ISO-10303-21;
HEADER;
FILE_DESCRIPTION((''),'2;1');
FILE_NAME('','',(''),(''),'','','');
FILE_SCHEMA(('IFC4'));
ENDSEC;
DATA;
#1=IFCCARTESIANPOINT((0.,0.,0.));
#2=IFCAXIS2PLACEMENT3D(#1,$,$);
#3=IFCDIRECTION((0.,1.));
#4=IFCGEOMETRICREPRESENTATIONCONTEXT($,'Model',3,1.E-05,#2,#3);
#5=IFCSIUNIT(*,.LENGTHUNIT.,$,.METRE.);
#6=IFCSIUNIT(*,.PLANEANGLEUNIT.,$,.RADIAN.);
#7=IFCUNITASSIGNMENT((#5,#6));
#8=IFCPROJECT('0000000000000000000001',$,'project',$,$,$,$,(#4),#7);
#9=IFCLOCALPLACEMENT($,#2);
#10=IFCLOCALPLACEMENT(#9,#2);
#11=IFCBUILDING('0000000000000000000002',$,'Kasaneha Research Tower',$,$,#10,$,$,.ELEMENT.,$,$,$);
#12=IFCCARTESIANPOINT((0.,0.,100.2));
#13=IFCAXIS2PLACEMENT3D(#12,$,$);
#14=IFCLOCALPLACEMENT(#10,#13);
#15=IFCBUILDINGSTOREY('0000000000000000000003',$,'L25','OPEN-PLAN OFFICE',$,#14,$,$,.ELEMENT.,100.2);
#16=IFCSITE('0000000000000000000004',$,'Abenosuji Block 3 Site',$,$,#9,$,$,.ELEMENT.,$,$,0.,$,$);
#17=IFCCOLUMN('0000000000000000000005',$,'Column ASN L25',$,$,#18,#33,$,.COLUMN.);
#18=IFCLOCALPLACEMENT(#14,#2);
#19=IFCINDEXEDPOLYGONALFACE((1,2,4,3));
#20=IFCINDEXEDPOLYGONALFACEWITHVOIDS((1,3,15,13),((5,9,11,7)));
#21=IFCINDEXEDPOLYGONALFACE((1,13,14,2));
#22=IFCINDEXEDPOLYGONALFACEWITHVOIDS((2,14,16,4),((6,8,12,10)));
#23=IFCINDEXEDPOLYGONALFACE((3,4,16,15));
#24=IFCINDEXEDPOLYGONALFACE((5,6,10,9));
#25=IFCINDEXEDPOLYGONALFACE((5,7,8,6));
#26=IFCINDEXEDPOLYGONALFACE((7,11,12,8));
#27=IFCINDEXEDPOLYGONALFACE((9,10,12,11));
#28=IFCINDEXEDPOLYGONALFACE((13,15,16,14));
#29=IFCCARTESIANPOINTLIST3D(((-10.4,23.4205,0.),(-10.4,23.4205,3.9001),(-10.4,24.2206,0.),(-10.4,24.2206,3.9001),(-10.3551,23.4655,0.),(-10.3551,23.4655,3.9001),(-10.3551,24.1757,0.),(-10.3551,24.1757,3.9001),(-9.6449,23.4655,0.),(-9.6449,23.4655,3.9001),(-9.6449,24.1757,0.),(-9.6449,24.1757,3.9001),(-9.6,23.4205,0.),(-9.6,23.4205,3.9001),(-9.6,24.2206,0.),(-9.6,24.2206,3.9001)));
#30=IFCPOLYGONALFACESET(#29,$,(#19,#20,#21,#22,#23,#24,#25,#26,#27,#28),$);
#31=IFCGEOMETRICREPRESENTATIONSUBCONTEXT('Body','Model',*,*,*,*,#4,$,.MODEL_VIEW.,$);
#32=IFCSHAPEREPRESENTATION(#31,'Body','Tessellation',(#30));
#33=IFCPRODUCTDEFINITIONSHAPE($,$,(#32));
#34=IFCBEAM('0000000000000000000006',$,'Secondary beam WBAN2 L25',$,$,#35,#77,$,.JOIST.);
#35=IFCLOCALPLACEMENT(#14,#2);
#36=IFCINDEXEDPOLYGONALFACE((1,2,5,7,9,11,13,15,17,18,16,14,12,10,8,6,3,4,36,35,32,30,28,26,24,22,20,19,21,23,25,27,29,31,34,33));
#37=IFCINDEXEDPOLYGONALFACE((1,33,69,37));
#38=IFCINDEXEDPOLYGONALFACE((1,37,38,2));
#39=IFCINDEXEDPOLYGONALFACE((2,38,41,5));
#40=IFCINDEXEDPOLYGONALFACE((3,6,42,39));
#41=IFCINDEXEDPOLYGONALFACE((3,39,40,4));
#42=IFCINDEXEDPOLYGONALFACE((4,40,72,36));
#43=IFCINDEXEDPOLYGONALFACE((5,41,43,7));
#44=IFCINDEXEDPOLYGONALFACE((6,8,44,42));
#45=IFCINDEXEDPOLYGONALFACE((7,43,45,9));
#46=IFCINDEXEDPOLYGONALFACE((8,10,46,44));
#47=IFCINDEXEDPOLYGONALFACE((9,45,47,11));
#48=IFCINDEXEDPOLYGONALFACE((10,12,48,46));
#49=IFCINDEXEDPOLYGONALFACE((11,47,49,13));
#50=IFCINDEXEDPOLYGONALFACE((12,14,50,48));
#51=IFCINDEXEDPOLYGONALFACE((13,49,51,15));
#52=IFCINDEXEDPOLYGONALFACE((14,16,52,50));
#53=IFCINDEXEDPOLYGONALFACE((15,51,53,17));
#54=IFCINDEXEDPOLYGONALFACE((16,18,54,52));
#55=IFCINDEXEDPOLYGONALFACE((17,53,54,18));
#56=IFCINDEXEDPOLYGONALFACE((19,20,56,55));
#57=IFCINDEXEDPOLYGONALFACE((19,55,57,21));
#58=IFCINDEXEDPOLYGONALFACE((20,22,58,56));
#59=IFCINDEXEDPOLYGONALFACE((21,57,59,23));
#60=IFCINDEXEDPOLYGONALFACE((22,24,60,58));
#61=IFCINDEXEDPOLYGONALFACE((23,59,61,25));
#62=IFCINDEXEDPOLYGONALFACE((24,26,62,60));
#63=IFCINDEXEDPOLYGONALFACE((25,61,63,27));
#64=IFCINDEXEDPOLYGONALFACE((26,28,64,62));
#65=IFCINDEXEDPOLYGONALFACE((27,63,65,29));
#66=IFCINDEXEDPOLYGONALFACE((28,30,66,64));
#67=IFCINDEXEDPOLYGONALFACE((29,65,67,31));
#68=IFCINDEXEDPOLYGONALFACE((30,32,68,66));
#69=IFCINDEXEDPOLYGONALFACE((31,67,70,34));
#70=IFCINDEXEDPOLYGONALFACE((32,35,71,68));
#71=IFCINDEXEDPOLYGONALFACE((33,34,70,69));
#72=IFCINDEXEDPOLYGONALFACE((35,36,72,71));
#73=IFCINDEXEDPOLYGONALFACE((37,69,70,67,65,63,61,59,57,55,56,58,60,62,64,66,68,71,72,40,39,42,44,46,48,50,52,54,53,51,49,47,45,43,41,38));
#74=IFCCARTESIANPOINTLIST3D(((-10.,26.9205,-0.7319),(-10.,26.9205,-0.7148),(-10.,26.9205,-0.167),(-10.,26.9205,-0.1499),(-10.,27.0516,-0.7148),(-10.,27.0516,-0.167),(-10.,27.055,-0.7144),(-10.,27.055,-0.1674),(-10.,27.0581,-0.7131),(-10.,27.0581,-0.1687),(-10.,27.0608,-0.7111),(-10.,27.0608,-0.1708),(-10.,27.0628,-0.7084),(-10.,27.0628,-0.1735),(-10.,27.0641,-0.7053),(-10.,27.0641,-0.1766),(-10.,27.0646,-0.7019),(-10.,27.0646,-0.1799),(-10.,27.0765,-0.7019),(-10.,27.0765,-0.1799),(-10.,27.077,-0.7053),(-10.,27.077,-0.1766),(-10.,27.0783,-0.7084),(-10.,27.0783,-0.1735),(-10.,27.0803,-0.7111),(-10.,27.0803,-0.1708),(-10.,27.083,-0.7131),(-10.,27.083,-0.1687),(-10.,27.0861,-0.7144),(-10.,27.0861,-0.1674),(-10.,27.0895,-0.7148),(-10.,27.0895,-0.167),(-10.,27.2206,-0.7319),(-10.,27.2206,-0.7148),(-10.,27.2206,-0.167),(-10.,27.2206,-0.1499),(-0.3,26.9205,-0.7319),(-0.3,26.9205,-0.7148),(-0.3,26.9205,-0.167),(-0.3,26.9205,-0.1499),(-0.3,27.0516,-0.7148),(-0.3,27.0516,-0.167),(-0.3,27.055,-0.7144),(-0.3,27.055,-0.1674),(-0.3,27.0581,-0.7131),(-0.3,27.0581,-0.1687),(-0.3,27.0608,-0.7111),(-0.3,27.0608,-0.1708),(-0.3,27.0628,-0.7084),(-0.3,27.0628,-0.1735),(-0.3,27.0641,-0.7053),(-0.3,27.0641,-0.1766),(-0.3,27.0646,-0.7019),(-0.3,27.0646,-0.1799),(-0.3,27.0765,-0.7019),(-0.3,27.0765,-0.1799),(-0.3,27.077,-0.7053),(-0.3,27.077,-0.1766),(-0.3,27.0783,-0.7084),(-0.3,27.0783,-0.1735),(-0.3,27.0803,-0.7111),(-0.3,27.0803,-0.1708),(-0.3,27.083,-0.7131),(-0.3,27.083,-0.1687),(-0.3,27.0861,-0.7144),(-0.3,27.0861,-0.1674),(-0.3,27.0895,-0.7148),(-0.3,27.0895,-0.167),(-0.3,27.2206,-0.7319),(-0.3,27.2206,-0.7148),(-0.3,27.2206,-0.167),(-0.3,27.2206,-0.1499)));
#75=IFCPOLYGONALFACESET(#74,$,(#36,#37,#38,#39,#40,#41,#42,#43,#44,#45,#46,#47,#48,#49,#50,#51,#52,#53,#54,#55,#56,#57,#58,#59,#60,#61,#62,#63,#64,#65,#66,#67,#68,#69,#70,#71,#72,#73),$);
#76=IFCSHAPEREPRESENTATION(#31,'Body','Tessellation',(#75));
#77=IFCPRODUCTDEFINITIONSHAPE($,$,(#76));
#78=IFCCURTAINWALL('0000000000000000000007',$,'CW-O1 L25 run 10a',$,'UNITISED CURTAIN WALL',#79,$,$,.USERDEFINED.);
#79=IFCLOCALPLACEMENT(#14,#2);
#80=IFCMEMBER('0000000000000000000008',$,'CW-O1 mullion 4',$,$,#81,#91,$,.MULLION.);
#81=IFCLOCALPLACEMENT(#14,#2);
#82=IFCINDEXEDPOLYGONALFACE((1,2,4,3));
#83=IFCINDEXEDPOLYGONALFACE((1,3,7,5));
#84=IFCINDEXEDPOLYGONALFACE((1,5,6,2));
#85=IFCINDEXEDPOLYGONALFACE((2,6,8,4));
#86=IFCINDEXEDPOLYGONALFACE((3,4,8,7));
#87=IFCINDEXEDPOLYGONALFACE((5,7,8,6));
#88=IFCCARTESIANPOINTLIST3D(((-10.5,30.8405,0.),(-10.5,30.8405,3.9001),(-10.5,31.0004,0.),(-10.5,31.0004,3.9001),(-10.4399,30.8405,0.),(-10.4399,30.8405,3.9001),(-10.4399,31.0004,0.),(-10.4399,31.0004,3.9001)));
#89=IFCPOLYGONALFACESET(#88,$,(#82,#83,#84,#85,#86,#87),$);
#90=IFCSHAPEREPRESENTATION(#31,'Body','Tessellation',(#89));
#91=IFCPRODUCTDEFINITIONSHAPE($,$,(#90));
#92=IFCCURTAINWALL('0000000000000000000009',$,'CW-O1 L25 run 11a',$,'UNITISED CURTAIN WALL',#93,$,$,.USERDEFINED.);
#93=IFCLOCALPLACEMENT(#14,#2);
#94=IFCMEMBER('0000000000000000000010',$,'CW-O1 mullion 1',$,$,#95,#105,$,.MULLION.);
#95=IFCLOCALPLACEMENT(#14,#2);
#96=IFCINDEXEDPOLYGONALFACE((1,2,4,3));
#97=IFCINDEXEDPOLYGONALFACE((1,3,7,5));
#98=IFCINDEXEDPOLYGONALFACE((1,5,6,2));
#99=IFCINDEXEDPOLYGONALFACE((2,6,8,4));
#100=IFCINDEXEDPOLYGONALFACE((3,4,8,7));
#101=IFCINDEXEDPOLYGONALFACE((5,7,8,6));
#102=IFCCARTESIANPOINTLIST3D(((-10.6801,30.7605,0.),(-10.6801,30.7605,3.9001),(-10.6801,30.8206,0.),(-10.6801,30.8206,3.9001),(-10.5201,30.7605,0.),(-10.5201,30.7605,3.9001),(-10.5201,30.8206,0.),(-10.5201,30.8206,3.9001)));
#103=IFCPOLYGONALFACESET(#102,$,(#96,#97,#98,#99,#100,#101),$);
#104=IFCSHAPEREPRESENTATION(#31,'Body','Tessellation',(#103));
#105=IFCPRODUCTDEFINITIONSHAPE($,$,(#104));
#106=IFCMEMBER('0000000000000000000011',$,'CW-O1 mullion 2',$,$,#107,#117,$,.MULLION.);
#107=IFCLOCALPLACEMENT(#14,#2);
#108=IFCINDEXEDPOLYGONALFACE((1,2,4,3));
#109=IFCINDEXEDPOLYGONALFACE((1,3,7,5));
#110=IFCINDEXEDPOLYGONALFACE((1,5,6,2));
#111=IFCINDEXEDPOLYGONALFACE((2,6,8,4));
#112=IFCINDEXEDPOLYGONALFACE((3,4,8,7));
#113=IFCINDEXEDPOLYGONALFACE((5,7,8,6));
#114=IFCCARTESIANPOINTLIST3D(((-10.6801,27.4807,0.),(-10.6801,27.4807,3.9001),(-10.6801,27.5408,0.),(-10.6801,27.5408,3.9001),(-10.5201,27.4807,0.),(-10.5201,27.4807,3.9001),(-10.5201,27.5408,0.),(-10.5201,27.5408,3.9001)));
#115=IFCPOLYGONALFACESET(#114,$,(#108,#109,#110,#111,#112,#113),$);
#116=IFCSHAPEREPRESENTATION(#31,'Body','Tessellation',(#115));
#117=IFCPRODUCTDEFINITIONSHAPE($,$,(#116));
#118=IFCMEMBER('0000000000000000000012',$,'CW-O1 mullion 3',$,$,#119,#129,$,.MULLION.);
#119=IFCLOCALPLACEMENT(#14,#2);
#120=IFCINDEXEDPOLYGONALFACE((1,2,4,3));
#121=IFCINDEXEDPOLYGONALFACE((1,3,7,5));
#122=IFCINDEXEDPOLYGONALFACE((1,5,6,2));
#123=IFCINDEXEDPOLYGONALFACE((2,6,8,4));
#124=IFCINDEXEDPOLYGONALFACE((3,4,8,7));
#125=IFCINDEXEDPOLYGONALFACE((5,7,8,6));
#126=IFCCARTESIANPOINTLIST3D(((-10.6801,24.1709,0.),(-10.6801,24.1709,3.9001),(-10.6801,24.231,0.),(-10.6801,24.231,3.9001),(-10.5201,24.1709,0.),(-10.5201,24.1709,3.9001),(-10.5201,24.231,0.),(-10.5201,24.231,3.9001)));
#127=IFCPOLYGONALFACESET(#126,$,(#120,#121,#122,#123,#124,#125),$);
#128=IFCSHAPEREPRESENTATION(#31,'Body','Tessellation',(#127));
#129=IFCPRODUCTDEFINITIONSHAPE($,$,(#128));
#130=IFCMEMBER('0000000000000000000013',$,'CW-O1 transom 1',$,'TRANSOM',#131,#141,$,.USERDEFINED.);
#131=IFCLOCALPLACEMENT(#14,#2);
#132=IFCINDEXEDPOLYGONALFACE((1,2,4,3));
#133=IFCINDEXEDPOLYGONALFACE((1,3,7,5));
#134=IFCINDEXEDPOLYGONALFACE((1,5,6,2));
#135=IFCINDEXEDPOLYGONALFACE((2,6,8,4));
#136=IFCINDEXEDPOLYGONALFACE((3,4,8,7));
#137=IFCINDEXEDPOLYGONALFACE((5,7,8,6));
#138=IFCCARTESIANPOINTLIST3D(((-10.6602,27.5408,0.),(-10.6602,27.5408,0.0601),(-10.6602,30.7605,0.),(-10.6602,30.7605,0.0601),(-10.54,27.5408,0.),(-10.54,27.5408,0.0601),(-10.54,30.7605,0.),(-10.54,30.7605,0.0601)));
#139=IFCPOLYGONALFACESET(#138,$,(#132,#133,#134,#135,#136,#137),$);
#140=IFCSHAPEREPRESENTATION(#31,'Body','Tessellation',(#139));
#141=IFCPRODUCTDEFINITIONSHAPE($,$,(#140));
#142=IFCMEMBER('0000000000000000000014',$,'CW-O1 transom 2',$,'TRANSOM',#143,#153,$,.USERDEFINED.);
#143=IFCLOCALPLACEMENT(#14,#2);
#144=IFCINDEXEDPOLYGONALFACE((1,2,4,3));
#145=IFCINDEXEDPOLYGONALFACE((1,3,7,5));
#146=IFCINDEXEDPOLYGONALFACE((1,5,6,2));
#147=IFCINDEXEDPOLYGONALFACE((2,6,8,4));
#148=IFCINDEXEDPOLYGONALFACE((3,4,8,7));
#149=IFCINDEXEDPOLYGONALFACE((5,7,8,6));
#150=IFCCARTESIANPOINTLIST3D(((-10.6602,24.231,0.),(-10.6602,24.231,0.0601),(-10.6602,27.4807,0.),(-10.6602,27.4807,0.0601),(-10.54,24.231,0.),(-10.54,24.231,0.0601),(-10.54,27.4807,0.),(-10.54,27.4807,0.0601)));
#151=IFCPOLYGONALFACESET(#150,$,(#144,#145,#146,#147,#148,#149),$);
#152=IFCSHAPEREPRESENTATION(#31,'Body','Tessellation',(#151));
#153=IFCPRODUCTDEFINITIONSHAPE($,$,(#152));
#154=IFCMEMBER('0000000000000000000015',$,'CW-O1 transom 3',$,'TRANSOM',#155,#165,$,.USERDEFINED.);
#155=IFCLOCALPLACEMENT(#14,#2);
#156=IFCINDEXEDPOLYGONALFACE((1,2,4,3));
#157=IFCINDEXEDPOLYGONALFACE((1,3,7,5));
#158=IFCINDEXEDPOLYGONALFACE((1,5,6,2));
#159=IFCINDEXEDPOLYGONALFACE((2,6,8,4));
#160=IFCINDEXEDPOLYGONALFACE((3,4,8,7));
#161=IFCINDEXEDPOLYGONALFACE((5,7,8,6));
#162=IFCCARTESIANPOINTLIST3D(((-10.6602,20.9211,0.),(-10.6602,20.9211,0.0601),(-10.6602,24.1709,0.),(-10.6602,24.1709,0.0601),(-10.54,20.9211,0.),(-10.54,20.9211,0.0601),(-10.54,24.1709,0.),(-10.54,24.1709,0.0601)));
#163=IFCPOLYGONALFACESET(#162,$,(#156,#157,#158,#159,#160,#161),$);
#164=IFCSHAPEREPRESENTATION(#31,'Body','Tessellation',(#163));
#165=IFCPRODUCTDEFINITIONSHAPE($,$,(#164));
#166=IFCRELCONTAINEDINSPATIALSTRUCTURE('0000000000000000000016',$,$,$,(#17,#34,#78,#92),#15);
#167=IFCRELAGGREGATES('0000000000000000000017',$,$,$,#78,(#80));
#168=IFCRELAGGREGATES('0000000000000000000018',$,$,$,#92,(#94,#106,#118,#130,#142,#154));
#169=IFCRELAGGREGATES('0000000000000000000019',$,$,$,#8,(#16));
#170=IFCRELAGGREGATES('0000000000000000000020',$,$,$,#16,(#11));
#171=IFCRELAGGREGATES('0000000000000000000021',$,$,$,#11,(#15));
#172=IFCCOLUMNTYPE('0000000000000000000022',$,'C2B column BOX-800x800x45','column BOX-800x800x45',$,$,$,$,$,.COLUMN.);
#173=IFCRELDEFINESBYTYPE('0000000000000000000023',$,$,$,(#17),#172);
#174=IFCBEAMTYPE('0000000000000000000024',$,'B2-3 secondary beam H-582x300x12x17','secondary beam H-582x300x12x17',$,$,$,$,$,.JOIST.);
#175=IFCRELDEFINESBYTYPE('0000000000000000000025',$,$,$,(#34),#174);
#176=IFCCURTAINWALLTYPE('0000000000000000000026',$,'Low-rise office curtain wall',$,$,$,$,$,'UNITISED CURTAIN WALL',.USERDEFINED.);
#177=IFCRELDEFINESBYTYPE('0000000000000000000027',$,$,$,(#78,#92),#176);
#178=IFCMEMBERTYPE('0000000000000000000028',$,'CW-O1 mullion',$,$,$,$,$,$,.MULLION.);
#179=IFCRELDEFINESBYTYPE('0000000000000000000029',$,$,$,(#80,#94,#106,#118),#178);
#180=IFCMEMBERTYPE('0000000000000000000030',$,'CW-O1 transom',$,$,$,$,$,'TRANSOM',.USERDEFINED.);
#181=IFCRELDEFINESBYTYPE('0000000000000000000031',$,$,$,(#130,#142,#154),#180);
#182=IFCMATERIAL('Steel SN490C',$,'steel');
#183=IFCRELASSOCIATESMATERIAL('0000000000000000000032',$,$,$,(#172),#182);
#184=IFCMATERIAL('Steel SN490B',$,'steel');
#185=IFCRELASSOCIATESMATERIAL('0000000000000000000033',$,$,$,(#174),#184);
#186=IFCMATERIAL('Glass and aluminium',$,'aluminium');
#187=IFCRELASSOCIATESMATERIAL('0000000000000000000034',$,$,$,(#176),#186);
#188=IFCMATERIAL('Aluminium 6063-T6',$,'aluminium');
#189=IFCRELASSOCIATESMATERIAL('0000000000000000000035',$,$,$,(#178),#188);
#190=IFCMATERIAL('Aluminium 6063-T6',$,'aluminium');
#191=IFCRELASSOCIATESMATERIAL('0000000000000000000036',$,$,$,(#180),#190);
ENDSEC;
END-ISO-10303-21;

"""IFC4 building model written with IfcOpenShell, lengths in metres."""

from ifc_helpers import new_model, si_unit, direction, frame, origin, origin_2d, place, context, subcontext, project, spatial, rectangle, hollow_rectangle, i_section, extrude, material, material_profile, profile_set, type_object, element, aggregate, save


model = new_model("IFC4")

# Units and contexts
model_context = context("Model", 3, precision=1e-05, world=origin(), true_north=direction((0.0, 1.0)))
body_context = subcontext(model_context, "Body", "Model", "MODEL_VIEW")
ifc_project = project(units=[si_unit("LENGTHUNIT", "METRE"), si_unit("PLANEANGLEUNIT", "RADIAN")], contexts=[model_context])

# Site, building, storey
site_placement = place(None, origin())
site = spatial("IfcSite", under=ifc_project, at=site_placement, Name="Abenosuji Block 3 Site", CompositionType="ELEMENT", RefElevation=0.0)
building_placement = place(site_placement, origin())
building = spatial("IfcBuilding", under=site, at=building_placement, Name="Kasaneha Research Tower", CompositionType="ELEMENT")
storey_placement = place(building_placement, frame((0.0, 0.0, 100.2)))
storey = spatial("IfcBuildingStorey", under=building, at=storey_placement, Name="L25", Description="OPEN-PLAN OFFICE", CompositionType="ELEMENT", Elevation=100.2)

# Column
ifc_material_1 = material(Name="Steel SN490C", Category="steel")
ifc_material_profile_1 = material_profile(ifc_material_1, hollow_rectangle(XDim=0.8, YDim=0.8, WallThickness=0.0449, at=origin_2d()), Name="BOX-800x800x45")
ifc_profile_set_1 = profile_set([ifc_material_profile_1], Name="Steel SN490C")
column_type = type_object("IfcColumnType", Name="C2B column BOX-800x800x45", Description="column BOX-800x800x45", PredefinedType="COLUMN", material=ifc_profile_set_1)
column_placement = place(storey_placement, frame((-10.0, 23.8206, 0.0), z_axis=(0.0, 0.0, 1.0), x_axis=(1.0, 0.0, 0.0)))
element("IfcColumn", 1, at=column_placement, inside=storey, type_object=column_type, Name="Column ASN L25", PredefinedType="COLUMN", context=body_context, shape_type="SweptSolid", body=[
    extrude(hollow_rectangle(XDim=0.8, YDim=0.8, WallThickness=0.0449, at=origin_2d()), origin(), (0.0, 0.0, 1.0), 3.9001),
])

# Beam
ifc_material_2 = material(Name="Steel SN490B", Category="steel")
ifc_material_profile_2 = material_profile(ifc_material_2, i_section(OverallWidth=0.3, OverallDepth=0.582, WebThickness=0.012, FlangeThickness=0.0171, FilletRadius=0.0129, at=origin_2d()), Name="H-582x300x12x17")
ifc_profile_set_2 = profile_set([ifc_material_profile_2], Name="Steel SN490B")
beam_type_1 = type_object("IfcBeamType", Name="B2-3 secondary beam H-582x300x12x17", Description="secondary beam H-582x300x12x17", PredefinedType="JOIST", material=ifc_profile_set_2)
beam_1_placement = place(storey_placement, frame((-10.0, 27.0706, -0.4409), z_axis=(1.0, 0.0, 0.0), x_axis=(0.0, 1.0, 0.0)))
element("IfcBeam", 2, at=beam_1_placement, inside=storey, type_object=beam_type_1, Name="Secondary beam WBAN2 L25", PredefinedType="JOIST", context=body_context, shape_type="SweptSolid", body=[
    extrude(i_section(OverallWidth=0.3, OverallDepth=0.582, WebThickness=0.012, FlangeThickness=0.0171, FilletRadius=0.0129, at=origin_2d()), origin(), (0.0, 0.0, 1.0), 9.7),
])

# Curtain wall, member
ifc_material_3 = material(Name="Glass and aluminium", Category="aluminium")
curtain_wall_type = type_object("IfcCurtainWallType", Name="Low-rise office curtain wall", ElementType="UNITISED CURTAIN WALL", PredefinedType="USERDEFINED", material=ifc_material_3)
curtain_wall_1_placement = place(storey_placement, origin())
curtain_wall_1 = element("IfcCurtainWall", 3, at=curtain_wall_1_placement, inside=storey, type_object=curtain_wall_type, Name="CW-O1 L25 run 10a", ObjectType="UNITISED CURTAIN WALL", PredefinedType="USERDEFINED")
ifc_material_4 = material(Name="Aluminium 6063-T6", Category="aluminium")
ifc_material_profile_3 = material_profile(ifc_material_4, rectangle(XDim=0.0601, YDim=0.1599, at=origin_2d()), Name="CW-O1 mullion 60x160")
ifc_profile_set_3 = profile_set([ifc_material_profile_3], Name="Aluminium 6063-T6")
member_type_1 = type_object("IfcMemberType", Name="CW-O1 mullion", PredefinedType="MULLION", material=ifc_profile_set_3)
member_1_placement = place(storey_placement, frame((-10.47, 30.9204, 0.0), z_axis=(0.0, 0.0, 1.0), x_axis=(-1.0, 0.0, 0.0)))
member_1 = element("IfcMember", 4, at=member_1_placement, type_object=member_type_1, Name="CW-O1 mullion 4", PredefinedType="MULLION", context=body_context, shape_type="SweptSolid", body=[
    extrude(rectangle(XDim=0.0601, YDim=0.1599, at=origin_2d()), origin(), (0.0, 0.0, 1.0), 3.9001),
])
aggregate(curtain_wall_1, [member_1])

# Curtain wall, members
curtain_wall_2_placement = place(storey_placement, origin())
curtain_wall_2 = element("IfcCurtainWall", 5, at=curtain_wall_2_placement, inside=storey, type_object=curtain_wall_type, Name="CW-O1 L25 run 11a", ObjectType="UNITISED CURTAIN WALL", PredefinedType="USERDEFINED")
member_2_placement = place(storey_placement, frame((-10.6001, 30.7905, 0.0), z_axis=(0.0, 0.0, 1.0), x_axis=(0.0, -1.0, 0.0)))
member_2 = element("IfcMember", 6, at=member_2_placement, type_object=member_type_1, Name="CW-O1 mullion 1", PredefinedType="MULLION", context=body_context, shape_type="SweptSolid", body=[
    extrude(rectangle(XDim=0.0601, YDim=0.1599, at=origin_2d()), origin(), (0.0, 0.0, 1.0), 3.9001),
])
member_3_placement = place(storey_placement, frame((-10.6001, 27.5107, 0.0), z_axis=(0.0, 0.0, 1.0), x_axis=(0.0, -1.0, 0.0)))
member_3 = element("IfcMember", 7, at=member_3_placement, type_object=member_type_1, Name="CW-O1 mullion 2", PredefinedType="MULLION", context=body_context, shape_type="SweptSolid", body=[
    extrude(rectangle(XDim=0.0601, YDim=0.1599, at=origin_2d()), origin(), (0.0, 0.0, 1.0), 3.9001),
])
member_4_placement = place(storey_placement, frame((-10.6001, 24.2009, 0.0), z_axis=(0.0, 0.0, 1.0), x_axis=(0.0, -1.0, 0.0)))
member_4 = element("IfcMember", 8, at=member_4_placement, type_object=member_type_1, Name="CW-O1 mullion 3", PredefinedType="MULLION", context=body_context, shape_type="SweptSolid", body=[
    extrude(rectangle(XDim=0.0601, YDim=0.1599, at=origin_2d()), origin(), (0.0, 0.0, 1.0), 3.9001),
])
ifc_material_5 = material(Name="Aluminium 6063-T6", Category="aluminium")
ifc_material_profile_4 = material_profile(ifc_material_5, rectangle(XDim=0.1201, YDim=0.0601, at=origin_2d()), Name="CW-O1 transom 120x60")
ifc_profile_set_4 = profile_set([ifc_material_profile_4], Name="Aluminium 6063-T6")
member_type_2 = type_object("IfcMemberType", Name="CW-O1 transom", ElementType="TRANSOM", PredefinedType="USERDEFINED", material=ifc_profile_set_4)
member_5_placement = place(storey_placement, frame((-10.6001, 30.7605, 0.03), z_axis=(0.0, -1.0, 0.0), x_axis=(1.0, 0.0, 0.0)))
member_5 = element("IfcMember", 9, at=member_5_placement, type_object=member_type_2, Name="CW-O1 transom 1", ObjectType="TRANSOM", PredefinedType="USERDEFINED", context=body_context, shape_type="SweptSolid", body=[
    extrude(rectangle(XDim=0.1201, YDim=0.0601, at=origin_2d()), origin(), (0.0, 0.0, 1.0), 3.2197),
])
member_6_placement = place(storey_placement, frame((-10.6001, 27.4807, 0.03), z_axis=(0.0, -1.0, 0.0), x_axis=(1.0, 0.0, 0.0)))
member_6 = element("IfcMember", 10, at=member_6_placement, type_object=member_type_2, Name="CW-O1 transom 2", ObjectType="TRANSOM", PredefinedType="USERDEFINED", context=body_context, shape_type="SweptSolid", body=[
    extrude(rectangle(XDim=0.1201, YDim=0.0601, at=origin_2d()), origin(), (0.0, 0.0, 1.0), 3.2498),
])
member_7_placement = place(storey_placement, frame((-10.6001, 24.1709, 0.03), z_axis=(0.0, -1.0, 0.0), x_axis=(1.0, 0.0, 0.0)))
member_7 = element("IfcMember", 11, at=member_7_placement, type_object=member_type_2, Name="CW-O1 transom 3", ObjectType="TRANSOM", PredefinedType="USERDEFINED", context=body_context, shape_type="SweptSolid", body=[
    extrude(rectangle(XDim=0.1201, YDim=0.0601, at=origin_2d()), origin(), (0.0, 0.0, 1.0), 3.2498),
])

aggregate(curtain_wall_2, [member_2, member_3, member_4, member_5, member_6, member_7])

save(model, "model.ifc")
